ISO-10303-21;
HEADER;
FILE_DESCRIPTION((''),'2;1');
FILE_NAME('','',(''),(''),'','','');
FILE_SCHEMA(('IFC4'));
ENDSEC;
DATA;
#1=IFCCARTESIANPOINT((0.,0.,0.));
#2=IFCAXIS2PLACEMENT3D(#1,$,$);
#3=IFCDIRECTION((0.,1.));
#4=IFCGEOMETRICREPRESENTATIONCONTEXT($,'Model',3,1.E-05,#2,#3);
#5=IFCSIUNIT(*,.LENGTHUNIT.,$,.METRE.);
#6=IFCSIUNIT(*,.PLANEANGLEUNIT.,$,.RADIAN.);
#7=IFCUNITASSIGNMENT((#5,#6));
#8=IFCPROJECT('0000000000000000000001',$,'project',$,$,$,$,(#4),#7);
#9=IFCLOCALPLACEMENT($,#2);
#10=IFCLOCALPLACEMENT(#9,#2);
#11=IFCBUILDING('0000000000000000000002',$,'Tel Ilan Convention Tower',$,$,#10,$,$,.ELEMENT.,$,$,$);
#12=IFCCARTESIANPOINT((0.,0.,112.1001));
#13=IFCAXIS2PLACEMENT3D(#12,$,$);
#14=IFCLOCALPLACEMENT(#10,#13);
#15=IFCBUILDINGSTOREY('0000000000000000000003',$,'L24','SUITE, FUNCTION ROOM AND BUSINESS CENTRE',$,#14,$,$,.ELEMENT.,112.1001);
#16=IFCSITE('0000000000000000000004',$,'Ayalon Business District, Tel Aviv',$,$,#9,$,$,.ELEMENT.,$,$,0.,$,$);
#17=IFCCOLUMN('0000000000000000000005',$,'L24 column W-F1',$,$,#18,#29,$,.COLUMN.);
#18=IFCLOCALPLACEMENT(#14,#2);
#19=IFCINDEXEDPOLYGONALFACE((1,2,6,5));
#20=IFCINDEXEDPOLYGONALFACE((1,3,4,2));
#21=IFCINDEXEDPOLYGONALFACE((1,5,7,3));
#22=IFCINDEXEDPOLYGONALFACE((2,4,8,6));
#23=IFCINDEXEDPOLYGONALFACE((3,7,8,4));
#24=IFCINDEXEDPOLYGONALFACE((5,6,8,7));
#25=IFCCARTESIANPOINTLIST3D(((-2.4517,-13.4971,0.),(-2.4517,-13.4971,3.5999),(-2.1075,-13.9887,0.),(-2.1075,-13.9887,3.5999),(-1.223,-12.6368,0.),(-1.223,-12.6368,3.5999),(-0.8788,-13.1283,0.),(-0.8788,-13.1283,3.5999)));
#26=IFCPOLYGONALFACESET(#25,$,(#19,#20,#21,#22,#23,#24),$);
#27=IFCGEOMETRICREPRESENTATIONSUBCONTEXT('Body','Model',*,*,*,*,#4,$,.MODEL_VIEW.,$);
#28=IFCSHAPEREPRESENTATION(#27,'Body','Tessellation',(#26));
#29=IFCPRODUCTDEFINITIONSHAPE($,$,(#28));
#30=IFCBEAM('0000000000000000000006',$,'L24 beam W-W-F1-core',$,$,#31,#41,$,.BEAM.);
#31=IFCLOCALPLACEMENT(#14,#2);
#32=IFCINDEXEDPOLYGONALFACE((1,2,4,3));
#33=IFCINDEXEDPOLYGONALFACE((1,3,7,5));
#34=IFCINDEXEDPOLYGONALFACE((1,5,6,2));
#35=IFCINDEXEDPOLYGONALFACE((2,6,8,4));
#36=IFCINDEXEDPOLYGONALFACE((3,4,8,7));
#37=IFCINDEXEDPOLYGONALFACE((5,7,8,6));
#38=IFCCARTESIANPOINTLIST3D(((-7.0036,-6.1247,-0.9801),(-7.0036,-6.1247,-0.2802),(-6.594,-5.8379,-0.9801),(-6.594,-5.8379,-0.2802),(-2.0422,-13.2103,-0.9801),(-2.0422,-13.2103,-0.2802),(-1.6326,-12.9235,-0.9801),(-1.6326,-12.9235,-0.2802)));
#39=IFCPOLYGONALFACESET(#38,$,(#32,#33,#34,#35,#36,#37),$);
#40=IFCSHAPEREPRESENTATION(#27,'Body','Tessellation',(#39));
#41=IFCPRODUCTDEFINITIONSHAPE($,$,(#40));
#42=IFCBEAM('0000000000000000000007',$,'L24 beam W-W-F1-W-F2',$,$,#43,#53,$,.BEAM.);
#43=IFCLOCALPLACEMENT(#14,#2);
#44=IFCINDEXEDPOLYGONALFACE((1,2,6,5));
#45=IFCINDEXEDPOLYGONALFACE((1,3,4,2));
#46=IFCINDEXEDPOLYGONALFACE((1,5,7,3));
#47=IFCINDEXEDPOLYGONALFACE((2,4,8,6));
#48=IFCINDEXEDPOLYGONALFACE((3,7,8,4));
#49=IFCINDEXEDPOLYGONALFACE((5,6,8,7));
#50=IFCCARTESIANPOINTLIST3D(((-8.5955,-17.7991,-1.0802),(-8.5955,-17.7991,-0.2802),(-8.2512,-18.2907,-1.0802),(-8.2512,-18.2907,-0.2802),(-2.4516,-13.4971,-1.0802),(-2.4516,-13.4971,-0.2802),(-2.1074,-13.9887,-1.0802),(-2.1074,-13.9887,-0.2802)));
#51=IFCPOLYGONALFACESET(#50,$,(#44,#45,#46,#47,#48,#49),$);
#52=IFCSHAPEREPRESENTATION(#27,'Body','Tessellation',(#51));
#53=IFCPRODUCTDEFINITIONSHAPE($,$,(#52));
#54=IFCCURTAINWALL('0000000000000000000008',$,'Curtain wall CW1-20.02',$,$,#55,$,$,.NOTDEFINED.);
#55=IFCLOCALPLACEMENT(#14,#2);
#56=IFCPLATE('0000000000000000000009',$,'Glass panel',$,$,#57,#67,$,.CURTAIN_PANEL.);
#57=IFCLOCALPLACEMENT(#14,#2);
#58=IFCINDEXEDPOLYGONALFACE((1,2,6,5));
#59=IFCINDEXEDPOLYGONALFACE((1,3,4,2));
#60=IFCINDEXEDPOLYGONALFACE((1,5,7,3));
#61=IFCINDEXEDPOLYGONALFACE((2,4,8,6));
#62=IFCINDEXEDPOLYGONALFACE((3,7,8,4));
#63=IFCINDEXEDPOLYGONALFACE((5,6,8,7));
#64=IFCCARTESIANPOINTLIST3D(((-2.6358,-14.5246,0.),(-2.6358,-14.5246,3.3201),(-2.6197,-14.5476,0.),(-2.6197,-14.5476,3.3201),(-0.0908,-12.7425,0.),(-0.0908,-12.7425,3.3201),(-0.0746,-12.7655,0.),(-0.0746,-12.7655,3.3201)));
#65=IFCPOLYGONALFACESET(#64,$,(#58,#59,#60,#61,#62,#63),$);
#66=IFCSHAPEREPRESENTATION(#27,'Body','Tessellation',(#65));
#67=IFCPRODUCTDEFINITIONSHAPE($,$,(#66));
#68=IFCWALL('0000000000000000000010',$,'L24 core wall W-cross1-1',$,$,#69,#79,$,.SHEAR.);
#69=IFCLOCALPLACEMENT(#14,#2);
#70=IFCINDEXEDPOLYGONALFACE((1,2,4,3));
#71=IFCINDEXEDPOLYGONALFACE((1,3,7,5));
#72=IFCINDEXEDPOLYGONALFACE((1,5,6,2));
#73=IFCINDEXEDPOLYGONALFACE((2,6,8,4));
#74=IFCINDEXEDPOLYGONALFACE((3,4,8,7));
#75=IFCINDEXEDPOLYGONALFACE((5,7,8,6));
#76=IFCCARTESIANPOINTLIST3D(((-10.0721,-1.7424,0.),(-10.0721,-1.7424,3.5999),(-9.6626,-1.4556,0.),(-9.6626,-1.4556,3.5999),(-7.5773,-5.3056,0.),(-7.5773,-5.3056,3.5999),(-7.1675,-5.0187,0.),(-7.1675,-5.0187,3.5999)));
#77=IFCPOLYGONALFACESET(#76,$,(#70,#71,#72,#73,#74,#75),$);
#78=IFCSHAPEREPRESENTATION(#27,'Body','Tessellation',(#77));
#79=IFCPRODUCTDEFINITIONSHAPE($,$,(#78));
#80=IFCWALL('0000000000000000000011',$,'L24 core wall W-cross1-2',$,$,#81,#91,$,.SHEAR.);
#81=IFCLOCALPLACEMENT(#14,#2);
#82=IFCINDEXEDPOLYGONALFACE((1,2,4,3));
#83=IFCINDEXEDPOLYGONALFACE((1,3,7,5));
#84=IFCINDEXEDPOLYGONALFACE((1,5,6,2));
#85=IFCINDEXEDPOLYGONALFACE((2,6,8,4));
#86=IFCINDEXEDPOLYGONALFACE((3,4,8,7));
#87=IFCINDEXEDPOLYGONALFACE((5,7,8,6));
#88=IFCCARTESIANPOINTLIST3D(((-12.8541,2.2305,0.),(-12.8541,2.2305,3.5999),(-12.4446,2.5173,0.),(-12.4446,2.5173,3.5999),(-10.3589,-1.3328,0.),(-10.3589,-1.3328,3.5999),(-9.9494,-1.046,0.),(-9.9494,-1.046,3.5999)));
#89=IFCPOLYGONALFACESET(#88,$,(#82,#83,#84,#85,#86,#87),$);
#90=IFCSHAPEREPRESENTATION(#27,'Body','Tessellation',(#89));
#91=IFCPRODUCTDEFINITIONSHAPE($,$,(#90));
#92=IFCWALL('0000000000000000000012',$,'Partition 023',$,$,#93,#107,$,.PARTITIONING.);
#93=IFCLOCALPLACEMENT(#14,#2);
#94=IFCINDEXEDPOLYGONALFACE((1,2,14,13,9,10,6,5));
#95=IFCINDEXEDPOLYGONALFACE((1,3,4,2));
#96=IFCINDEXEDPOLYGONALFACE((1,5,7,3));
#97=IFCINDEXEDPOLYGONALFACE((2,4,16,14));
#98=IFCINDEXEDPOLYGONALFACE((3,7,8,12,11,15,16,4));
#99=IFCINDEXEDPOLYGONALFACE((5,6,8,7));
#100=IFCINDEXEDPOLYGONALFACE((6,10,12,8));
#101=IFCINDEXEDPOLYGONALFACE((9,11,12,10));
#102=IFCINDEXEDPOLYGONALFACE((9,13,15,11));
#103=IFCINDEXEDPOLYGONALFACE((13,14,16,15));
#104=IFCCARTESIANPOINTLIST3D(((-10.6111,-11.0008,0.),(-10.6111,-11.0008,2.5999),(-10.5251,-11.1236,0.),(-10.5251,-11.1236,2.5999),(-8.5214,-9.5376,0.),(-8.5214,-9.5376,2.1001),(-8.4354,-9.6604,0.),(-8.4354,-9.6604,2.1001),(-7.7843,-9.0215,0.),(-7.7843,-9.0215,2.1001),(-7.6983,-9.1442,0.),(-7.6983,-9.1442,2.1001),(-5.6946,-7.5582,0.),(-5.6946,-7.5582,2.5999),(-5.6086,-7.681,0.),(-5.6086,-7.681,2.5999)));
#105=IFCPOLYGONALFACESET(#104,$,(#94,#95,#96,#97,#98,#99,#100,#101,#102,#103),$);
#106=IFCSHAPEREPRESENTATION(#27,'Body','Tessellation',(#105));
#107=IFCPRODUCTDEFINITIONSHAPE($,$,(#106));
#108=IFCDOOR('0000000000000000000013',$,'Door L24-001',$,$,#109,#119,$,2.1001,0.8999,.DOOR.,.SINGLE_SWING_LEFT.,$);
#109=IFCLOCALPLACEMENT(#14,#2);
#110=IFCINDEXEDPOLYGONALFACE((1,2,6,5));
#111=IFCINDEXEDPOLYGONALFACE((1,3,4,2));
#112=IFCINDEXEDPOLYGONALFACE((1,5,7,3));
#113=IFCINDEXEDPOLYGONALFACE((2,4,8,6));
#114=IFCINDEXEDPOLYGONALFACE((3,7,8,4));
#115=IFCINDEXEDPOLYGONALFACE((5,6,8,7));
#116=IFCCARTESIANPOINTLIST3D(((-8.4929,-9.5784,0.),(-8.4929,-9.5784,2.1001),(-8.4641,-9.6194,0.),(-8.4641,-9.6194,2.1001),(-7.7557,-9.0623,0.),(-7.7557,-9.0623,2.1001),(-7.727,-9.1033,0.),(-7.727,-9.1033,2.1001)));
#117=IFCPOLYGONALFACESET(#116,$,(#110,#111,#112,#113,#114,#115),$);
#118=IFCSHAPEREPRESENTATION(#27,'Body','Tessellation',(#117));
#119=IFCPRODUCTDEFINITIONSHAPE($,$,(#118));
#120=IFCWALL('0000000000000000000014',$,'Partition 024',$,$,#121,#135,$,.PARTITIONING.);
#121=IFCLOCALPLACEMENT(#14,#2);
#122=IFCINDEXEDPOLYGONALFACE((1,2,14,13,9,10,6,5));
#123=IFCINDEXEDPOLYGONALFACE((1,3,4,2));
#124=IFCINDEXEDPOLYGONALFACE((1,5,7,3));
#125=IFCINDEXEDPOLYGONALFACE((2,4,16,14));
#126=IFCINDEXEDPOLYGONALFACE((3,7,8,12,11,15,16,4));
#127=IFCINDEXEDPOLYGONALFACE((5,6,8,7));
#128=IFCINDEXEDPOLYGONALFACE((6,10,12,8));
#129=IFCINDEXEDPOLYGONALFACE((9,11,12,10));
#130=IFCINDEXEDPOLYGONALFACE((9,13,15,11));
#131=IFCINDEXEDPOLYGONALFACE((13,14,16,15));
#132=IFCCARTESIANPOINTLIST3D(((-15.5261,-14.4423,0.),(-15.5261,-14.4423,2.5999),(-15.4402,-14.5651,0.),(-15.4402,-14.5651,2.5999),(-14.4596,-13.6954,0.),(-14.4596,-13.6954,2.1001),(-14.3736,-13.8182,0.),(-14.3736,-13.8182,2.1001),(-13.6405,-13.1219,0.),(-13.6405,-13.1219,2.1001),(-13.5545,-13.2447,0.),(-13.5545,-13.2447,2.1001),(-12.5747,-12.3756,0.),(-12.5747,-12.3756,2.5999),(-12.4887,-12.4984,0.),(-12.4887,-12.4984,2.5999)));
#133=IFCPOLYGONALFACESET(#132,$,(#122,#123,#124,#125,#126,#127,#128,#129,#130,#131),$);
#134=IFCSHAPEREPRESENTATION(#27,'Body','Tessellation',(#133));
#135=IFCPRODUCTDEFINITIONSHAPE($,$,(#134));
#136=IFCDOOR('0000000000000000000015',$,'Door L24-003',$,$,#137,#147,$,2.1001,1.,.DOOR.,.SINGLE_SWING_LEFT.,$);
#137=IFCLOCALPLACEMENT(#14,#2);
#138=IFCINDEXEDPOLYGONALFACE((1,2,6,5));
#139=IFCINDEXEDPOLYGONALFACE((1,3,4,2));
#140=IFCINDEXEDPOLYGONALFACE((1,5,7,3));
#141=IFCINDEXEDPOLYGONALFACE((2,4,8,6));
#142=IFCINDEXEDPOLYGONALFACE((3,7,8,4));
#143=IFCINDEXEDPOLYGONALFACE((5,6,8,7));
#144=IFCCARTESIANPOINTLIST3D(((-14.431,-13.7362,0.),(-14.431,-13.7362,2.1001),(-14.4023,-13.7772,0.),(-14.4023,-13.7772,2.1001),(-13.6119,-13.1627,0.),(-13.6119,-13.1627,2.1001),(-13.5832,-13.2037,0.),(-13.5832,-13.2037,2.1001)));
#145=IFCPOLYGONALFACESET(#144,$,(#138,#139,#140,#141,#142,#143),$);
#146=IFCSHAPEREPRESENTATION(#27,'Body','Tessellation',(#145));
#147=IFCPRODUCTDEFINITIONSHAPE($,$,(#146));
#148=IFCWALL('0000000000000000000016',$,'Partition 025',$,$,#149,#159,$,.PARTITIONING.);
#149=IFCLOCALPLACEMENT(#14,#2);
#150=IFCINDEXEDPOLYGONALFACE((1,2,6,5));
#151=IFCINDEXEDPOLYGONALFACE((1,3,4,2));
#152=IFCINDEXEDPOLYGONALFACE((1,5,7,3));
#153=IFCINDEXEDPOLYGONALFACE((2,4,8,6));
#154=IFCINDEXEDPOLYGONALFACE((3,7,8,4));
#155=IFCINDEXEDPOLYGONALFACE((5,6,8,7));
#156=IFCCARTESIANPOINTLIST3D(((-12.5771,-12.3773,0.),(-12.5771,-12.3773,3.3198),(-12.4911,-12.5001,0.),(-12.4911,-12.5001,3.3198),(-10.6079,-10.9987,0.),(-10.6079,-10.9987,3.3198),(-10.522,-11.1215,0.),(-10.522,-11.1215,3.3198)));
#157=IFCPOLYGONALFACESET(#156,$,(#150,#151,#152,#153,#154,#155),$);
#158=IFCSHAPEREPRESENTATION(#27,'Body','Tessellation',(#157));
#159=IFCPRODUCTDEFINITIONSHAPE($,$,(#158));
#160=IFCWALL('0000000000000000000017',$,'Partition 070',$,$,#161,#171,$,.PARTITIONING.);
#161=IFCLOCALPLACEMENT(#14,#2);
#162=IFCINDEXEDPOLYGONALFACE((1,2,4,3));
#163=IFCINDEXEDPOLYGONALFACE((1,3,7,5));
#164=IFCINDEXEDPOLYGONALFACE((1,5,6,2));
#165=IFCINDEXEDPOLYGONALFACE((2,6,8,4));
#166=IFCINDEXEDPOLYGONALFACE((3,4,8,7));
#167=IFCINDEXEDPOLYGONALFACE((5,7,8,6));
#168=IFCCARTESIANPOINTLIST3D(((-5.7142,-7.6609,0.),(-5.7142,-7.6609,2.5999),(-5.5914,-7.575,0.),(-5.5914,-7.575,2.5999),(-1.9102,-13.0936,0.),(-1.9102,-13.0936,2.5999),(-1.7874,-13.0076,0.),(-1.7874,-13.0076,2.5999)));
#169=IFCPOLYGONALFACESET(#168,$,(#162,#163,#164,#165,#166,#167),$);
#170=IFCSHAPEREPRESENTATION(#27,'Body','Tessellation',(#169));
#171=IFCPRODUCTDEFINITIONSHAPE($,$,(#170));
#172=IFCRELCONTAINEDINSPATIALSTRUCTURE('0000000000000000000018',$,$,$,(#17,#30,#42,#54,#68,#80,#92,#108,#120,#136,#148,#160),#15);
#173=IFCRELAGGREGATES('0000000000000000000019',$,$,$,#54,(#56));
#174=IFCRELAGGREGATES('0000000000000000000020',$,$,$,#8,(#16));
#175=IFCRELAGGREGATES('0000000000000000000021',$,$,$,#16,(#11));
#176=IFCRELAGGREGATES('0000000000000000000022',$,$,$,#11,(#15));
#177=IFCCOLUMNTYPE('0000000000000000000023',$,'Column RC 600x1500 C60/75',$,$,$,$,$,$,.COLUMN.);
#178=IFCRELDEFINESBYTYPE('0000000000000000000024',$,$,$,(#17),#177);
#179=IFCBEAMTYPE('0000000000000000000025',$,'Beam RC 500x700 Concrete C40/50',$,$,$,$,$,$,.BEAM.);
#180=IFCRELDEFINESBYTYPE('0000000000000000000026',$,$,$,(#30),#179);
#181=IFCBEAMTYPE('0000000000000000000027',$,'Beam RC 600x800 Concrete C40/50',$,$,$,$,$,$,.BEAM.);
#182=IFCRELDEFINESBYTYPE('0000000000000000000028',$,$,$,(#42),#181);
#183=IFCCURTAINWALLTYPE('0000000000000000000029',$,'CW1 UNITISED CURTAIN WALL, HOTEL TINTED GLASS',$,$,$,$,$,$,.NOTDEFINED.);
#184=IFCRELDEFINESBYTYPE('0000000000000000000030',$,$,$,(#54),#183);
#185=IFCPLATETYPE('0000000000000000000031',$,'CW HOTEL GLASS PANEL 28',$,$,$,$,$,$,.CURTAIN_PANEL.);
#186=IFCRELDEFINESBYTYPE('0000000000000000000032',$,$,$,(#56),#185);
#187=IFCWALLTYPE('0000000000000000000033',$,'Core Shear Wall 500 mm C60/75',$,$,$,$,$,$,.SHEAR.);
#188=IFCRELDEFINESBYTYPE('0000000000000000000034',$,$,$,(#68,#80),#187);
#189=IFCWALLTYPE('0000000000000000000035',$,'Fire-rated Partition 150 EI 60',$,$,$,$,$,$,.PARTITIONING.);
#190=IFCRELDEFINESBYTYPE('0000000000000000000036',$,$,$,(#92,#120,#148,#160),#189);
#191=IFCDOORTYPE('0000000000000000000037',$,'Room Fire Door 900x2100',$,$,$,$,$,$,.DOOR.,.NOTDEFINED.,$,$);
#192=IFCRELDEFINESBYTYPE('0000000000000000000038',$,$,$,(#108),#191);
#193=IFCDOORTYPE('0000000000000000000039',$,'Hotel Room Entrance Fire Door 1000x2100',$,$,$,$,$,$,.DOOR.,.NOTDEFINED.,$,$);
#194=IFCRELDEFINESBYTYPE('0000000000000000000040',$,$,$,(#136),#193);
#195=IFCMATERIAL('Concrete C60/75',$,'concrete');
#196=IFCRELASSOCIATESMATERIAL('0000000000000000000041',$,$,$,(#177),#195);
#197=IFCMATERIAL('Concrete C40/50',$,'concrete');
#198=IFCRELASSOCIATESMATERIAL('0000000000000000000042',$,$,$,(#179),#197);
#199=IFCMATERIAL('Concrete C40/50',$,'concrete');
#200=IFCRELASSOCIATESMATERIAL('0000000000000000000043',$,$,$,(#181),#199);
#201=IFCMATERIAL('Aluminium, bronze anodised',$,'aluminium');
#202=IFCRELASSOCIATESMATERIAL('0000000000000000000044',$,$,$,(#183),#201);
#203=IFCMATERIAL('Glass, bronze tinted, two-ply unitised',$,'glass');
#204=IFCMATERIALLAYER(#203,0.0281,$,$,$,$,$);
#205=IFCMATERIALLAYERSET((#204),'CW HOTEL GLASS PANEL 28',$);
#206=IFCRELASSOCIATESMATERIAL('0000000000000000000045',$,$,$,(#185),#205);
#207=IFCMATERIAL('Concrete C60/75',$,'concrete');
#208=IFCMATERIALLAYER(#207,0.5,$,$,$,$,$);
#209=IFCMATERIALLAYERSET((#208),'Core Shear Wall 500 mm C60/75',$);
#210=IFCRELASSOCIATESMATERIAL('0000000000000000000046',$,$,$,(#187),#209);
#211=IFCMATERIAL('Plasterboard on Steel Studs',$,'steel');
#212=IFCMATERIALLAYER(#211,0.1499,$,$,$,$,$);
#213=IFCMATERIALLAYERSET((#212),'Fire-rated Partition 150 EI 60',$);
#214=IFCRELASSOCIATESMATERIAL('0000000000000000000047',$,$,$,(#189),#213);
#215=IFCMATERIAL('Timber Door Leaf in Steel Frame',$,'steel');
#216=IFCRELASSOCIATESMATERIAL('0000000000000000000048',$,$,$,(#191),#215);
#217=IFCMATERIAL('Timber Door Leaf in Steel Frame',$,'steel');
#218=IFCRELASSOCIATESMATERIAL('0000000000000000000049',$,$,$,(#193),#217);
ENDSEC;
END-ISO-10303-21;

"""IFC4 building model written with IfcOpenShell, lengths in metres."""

from ifc_helpers import new_model, si_unit, direction, frame, frame_2d, origin, origin_2d, place, context, subcontext, project, spatial, polyline, rectangle, outline, extrude, material, layer, layer_set, material_profile, profile_set, type_object, element, fill, aggregate, save


model = new_model("IFC4")

# Units and contexts
model_context = context("Model", 3, precision=1e-05, world=origin(), true_north=direction((0.0, 1.0)))
body_context = subcontext(model_context, "Body", "Model", "MODEL_VIEW")
ifc_project = project(units=[si_unit("LENGTHUNIT", "METRE"), si_unit("PLANEANGLEUNIT", "RADIAN")], contexts=[model_context])

# Site, building, storey
site_placement = place(None, origin())
site = spatial("IfcSite", under=ifc_project, at=site_placement, Name="Ayalon Business District, Tel Aviv", CompositionType="ELEMENT", RefElevation=0.0)
building_placement = place(site_placement, origin())
building = spatial("IfcBuilding", under=site, at=building_placement, Name="Tel Ilan Convention Tower", CompositionType="ELEMENT")
storey_placement = place(building_placement, frame((0.0, 0.0, 112.1001)))
storey = spatial("IfcBuildingStorey", under=building, at=storey_placement, Name="L24", Description="SUITE, FUNCTION ROOM AND BUSINESS CENTRE", CompositionType="ELEMENT", Elevation=112.1001)

# Column
ifc_material_1 = material(Name="Concrete C60/75", Category="concrete")
ifc_material_profile_1 = material_profile(ifc_material_1, rectangle(XDim=1.5, YDim=0.6001, at=origin_2d()), Name="RC 600x1500")
ifc_profile_set_1 = profile_set([ifc_material_profile_1], Name="Concrete C60/75")
column_type = type_object("IfcColumnType", Name="Column RC 600x1500 C60/75", PredefinedType="COLUMN", material=ifc_profile_set_1)
column_placement = place(storey_placement, frame((-1.6653, -13.3127, 0.0), z_axis=(0.0, 0.0, 1.0), x_axis=(-0.819152, -0.573576, 0.0)))
element("IfcColumn", 1, at=column_placement, inside=storey, type_object=column_type, Name="L24 column W-F1", PredefinedType="COLUMN", context=body_context, shape_type="SweptSolid", body=[
    extrude(rectangle(XDim=1.5, YDim=0.6001, at=origin_2d()), origin(), (0.0, 0.0, 1.0), 3.5999),
])

# Beams
ifc_material_2 = material(Name="Concrete C40/50", Category="concrete")
ifc_material_profile_2 = material_profile(ifc_material_2, rectangle(XDim=0.5, YDim=0.7, at=origin_2d()), Name="RC 500x700")
ifc_profile_set_2 = profile_set([ifc_material_profile_2], Name="Concrete C40/50")
beam_type_1 = type_object("IfcBeamType", Name="Beam RC 500x700 Concrete C40/50", PredefinedType="BEAM", material=ifc_profile_set_2)
beam_1_placement = place(storey_placement, frame((-1.8374, -13.0669, -0.6301), z_axis=(-0.573574, 0.819154, 0.0), x_axis=(-0.819154, -0.573574, 0.0)))
element("IfcBeam", 2, at=beam_1_placement, inside=storey, type_object=beam_type_1, Name="L24 beam W-W-F1-core", PredefinedType="BEAM", context=body_context, shape_type="SweptSolid", body=[
    extrude(rectangle(XDim=0.5, YDim=0.7, at=origin_2d()), origin(), (0.0, 0.0, 1.0), 8.6499),
])
ifc_material_3 = material(Name="Concrete C40/50", Category="concrete")
ifc_material_profile_3 = material_profile(ifc_material_3, rectangle(XDim=0.6001, YDim=0.8, at=origin_2d()), Name="RC 600x800")
ifc_profile_set_3 = profile_set([ifc_material_profile_3], Name="Concrete C40/50")
beam_type_2 = type_object("IfcBeamType", Name="Beam RC 600x800 Concrete C40/50", PredefinedType="BEAM", material=ifc_profile_set_3)
beam_2_placement = place(storey_placement, frame((-2.2795, -13.7429, -0.6802), z_axis=(-0.819148, -0.573582, 0.0), x_axis=(0.573582, -0.819148, 0.0)))
element("IfcBeam", 3, at=beam_2_placement, inside=storey, type_object=beam_type_2, Name="L24 beam W-W-F1-W-F2", PredefinedType="BEAM", context=body_context, shape_type="SweptSolid", body=[
    extrude(rectangle(XDim=0.6001, YDim=0.8, at=origin_2d()), origin(), (0.0, 0.0, 1.0), 7.5002),
])

# Curtain wall, plate
ifc_material_4 = material(Name="Aluminium, bronze anodised", Category="aluminium")
curtain_wall_type = type_object("IfcCurtainWallType", Name="CW1 UNITISED CURTAIN WALL, HOTEL TINTED GLASS", PredefinedType="NOTDEFINED", material=ifc_material_4)
curtain_wall_placement = place(storey_placement, origin())
curtain_wall = element("IfcCurtainWall", 4, at=curtain_wall_placement, inside=storey, type_object=curtain_wall_type, Name="Curtain wall CW1-20.02", PredefinedType="NOTDEFINED")
ifc_material_5 = material(Name="Glass, bronze tinted, two-ply unitised", Category="glass")
ifc_layer_1 = layer(ifc_material_5, 0.0281)
ifc_layer_set_1 = layer_set([ifc_layer_1], Name="CW HOTEL GLASS PANEL 28")
plate_type = type_object("IfcPlateType", Name="CW HOTEL GLASS PANEL 28", PredefinedType="CURTAIN_PANEL", material=ifc_layer_set_1)
plate_placement = place(storey_placement, frame((-1.3552, -13.645, 0.0), z_axis=(0.0, 0.0, 1.0), x_axis=(0.819152, 0.573576, 0.0)))
plate = element("IfcPlate", 5, at=plate_placement, type_object=plate_type, Name="Glass panel", PredefinedType="CURTAIN_PANEL", context=body_context, shape_type="SweptSolid", body=[
    extrude(rectangle(XDim=3.1069, YDim=0.0281, at=origin_2d()), origin(), (0.0, 0.0, 1.0), 3.3201),
])
aggregate(curtain_wall, [plate])

# Walls
ifc_material_6 = material(Name="Concrete C60/75", Category="concrete")
ifc_layer_2 = layer(ifc_material_6, 0.5)
ifc_layer_set_2 = layer_set([ifc_layer_2], Name="Core Shear Wall 500 mm C60/75")
wall_type_1 = type_object("IfcWallType", Name="Core Shear Wall 500 mm C60/75", PredefinedType="SHEAR", material=ifc_layer_set_2)
wall_1_placement = place(storey_placement, frame((-7.3723, -5.1621, 0.0), z_axis=(0.0, 0.0, 1.0), x_axis=(-0.573594, 0.81914, 0.0)))
element("IfcWall", 6, at=wall_1_placement, inside=storey, type_object=wall_type_1, Name="L24 core wall W-cross1-1", PredefinedType="SHEAR", context=body_context, shape_type="SweptSolid", body=[
    extrude(outline(polyline([(4.3499, 0.25), (0.0, 0.2502), (0.0, -0.25), (4.3499, -0.25), (4.3499, 0.25)])), origin(), (0.0, 0.0, 1.0), 3.5999),
])
wall_2_placement = place(storey_placement, frame((-10.1543, -1.1892, 0.0), z_axis=(0.0, 0.0, 1.0), x_axis=(-0.573594, 0.81914, 0.0)))
element("IfcWall", 7, at=wall_2_placement, inside=storey, type_object=wall_type_1, Name="L24 core wall W-cross1-2", PredefinedType="SHEAR", context=body_context, shape_type="SweptSolid", body=[
    extrude(outline(polyline([(4.3499, -0.25), (4.3499, 0.25), (-0.0002, 0.25), (-0.0002, -0.25), (4.3499, -0.25)])), origin(), (0.0, 0.0, 1.0), 3.5999),
])

# Walls, openings, doors
ifc_material_7 = material(Name="Plasterboard on Steel Studs", Category="steel")
ifc_layer_3 = layer(ifc_material_7, 0.1499)
ifc_layer_set_3 = layer_set([ifc_layer_3], Name="Fire-rated Partition 150 EI 60")
wall_type_2 = type_object("IfcWallType", Name="Fire-rated Partition 150 EI 60", PredefinedType="PARTITIONING", material=ifc_layer_set_3)
wall_3_placement = place(storey_placement, frame((-5.6516, -7.6196, 0.0), z_axis=(0.0, 0.0, 1.0), x_axis=(-0.819148, -0.573582, 0.0)))
wall_3 = element("IfcWall", 8, at=wall_3_placement, inside=storey, type_object=wall_type_2, Name="Partition 023", PredefinedType="PARTITIONING", context=body_context, shape_type="SweptSolid", body=[
    extrude(rectangle(XDim=6.002, YDim=0.1499, at=frame_2d((3.001, 0.0))), origin(), (0.0, 0.0, 1.0), 2.5999),
])
opening_1_placement = place(wall_3_placement, frame((2.551, 0.0, 0.0)))
opening_1 = element("IfcOpeningElement", 9, at=opening_1_placement, cuts=wall_3, PredefinedType="OPENING", context=body_context, shape_type="SweptSolid", body=[
    extrude(rectangle(XDim=0.8999, YDim=2.1001, at=frame_2d((0.45, 1.05))), frame((0.0, 0.085, 0.0), z_axis=(0.0, -1.0, 0.0), x_axis=(1.0, 0.0, 0.0)), (0.0, 0.0, 1.0), 0.1699),
])
ifc_material_8 = material(Name="Timber Door Leaf in Steel Frame", Category="steel")
door_type_1 = type_object("IfcDoorType", Name="Room Fire Door 900x2100", OperationType="NOTDEFINED", PredefinedType="DOOR", material=ifc_material_8)
door_1_placement = place(opening_1_placement, origin())
door_1 = element("IfcDoor", 10, at=door_1_placement, inside=storey, type_object=door_type_1, Name="Door L24-001", OperationType="SINGLE_SWING_LEFT", OverallHeight=2.1001, OverallWidth=0.8999, PredefinedType="DOOR", context=body_context, shape_type="SweptSolid", body=[
    extrude(rectangle(XDim=0.8999, YDim=2.1001, at=frame_2d((0.45, 1.05))), frame((0.0, 0.0249, 0.0), z_axis=(0.0, -1.0, 0.0), x_axis=(1.0, 0.0, 0.0)), (0.0, 0.0, 1.0), 0.05),
])
fill(opening_1, door_1)
wall_4_placement = place(storey_placement, frame((-12.5317, -12.437, 0.0), z_axis=(0.0, 0.0, 1.0), x_axis=(-0.819146, -0.573585, 0.0)))
wall_4 = element("IfcWall", 11, at=wall_4_placement, inside=storey, type_object=wall_type_2, Name="Partition 024", PredefinedType="PARTITIONING", context=body_context, shape_type="SweptSolid", body=[
    extrude(rectangle(XDim=3.603, YDim=0.1499, at=frame_2d((1.8015, 0.0))), origin(), (0.0, 0.0, 1.0), 2.5999),
])
opening_2_placement = place(wall_4_placement, frame((1.301, 0.0, 0.0)))
opening_2 = element("IfcOpeningElement", 12, at=opening_2_placement, cuts=wall_4, PredefinedType="OPENING", context=body_context, shape_type="SweptSolid", body=[
    extrude(rectangle(XDim=1.0, YDim=2.1001, at=frame_2d((0.5, 1.05))), frame((0.0, 0.085, 0.0), z_axis=(0.0, -1.0, 0.0), x_axis=(1.0, 0.0, 0.0)), (0.0, 0.0, 1.0), 0.1699),
])
ifc_material_9 = material(Name="Timber Door Leaf in Steel Frame", Category="steel")
door_type_2 = type_object("IfcDoorType", Name="Hotel Room Entrance Fire Door 1000x2100", OperationType="NOTDEFINED", PredefinedType="DOOR", material=ifc_material_9)
door_2_placement = place(opening_2_placement, origin())
door_2 = element("IfcDoor", 13, at=door_2_placement, inside=storey, type_object=door_type_2, Name="Door L24-003", OperationType="SINGLE_SWING_LEFT", OverallHeight=2.1001, OverallWidth=1.0, PredefinedType="DOOR", context=body_context, shape_type="SweptSolid", body=[
    extrude(rectangle(XDim=1.0, YDim=2.1001, at=frame_2d((0.5, 1.05))), frame((0.0, 0.0249, 0.0), z_axis=(0.0, -1.0, 0.0), x_axis=(1.0, 0.0, 0.0)), (0.0, 0.0, 1.0), 0.05),
])
fill(opening_2, door_2)

# Walls
wall_5_placement = place(storey_placement, frame((-10.5649, -11.0601, 0.0), z_axis=(0.0, 0.0, 1.0), x_axis=(-0.819194, -0.573517, 0.0)))
element("IfcWall", 14, at=wall_5_placement, inside=storey, type_object=wall_type_2, Name="Partition 025", PredefinedType="PARTITIONING", context=body_context, shape_type="SweptSolid", body=[
    extrude(rectangle(XDim=2.4038, YDim=0.1499, at=frame_2d((1.2019, 0.0))), origin(), (0.0, 0.0, 1.0), 3.3198),
])
wall_6_placement = place(storey_placement, frame((-1.8489, -13.0505, 0.0), z_axis=(0.0, 0.0, 1.0), x_axis=(-0.573576, 0.819152, 0.0)))
element("IfcWall", 15, at=wall_6_placement, inside=storey, type_object=wall_type_2, Name="Partition 070", PredefinedType="PARTITIONING", context=body_context, shape_type="SweptSolid", body=[
    extrude(rectangle(XDim=6.6321, YDim=0.1499, at=frame_2d((3.3159, 0.0))), origin(), (0.0, 0.0, 1.0), 2.5999),
])

save(model, "model.ifc")
